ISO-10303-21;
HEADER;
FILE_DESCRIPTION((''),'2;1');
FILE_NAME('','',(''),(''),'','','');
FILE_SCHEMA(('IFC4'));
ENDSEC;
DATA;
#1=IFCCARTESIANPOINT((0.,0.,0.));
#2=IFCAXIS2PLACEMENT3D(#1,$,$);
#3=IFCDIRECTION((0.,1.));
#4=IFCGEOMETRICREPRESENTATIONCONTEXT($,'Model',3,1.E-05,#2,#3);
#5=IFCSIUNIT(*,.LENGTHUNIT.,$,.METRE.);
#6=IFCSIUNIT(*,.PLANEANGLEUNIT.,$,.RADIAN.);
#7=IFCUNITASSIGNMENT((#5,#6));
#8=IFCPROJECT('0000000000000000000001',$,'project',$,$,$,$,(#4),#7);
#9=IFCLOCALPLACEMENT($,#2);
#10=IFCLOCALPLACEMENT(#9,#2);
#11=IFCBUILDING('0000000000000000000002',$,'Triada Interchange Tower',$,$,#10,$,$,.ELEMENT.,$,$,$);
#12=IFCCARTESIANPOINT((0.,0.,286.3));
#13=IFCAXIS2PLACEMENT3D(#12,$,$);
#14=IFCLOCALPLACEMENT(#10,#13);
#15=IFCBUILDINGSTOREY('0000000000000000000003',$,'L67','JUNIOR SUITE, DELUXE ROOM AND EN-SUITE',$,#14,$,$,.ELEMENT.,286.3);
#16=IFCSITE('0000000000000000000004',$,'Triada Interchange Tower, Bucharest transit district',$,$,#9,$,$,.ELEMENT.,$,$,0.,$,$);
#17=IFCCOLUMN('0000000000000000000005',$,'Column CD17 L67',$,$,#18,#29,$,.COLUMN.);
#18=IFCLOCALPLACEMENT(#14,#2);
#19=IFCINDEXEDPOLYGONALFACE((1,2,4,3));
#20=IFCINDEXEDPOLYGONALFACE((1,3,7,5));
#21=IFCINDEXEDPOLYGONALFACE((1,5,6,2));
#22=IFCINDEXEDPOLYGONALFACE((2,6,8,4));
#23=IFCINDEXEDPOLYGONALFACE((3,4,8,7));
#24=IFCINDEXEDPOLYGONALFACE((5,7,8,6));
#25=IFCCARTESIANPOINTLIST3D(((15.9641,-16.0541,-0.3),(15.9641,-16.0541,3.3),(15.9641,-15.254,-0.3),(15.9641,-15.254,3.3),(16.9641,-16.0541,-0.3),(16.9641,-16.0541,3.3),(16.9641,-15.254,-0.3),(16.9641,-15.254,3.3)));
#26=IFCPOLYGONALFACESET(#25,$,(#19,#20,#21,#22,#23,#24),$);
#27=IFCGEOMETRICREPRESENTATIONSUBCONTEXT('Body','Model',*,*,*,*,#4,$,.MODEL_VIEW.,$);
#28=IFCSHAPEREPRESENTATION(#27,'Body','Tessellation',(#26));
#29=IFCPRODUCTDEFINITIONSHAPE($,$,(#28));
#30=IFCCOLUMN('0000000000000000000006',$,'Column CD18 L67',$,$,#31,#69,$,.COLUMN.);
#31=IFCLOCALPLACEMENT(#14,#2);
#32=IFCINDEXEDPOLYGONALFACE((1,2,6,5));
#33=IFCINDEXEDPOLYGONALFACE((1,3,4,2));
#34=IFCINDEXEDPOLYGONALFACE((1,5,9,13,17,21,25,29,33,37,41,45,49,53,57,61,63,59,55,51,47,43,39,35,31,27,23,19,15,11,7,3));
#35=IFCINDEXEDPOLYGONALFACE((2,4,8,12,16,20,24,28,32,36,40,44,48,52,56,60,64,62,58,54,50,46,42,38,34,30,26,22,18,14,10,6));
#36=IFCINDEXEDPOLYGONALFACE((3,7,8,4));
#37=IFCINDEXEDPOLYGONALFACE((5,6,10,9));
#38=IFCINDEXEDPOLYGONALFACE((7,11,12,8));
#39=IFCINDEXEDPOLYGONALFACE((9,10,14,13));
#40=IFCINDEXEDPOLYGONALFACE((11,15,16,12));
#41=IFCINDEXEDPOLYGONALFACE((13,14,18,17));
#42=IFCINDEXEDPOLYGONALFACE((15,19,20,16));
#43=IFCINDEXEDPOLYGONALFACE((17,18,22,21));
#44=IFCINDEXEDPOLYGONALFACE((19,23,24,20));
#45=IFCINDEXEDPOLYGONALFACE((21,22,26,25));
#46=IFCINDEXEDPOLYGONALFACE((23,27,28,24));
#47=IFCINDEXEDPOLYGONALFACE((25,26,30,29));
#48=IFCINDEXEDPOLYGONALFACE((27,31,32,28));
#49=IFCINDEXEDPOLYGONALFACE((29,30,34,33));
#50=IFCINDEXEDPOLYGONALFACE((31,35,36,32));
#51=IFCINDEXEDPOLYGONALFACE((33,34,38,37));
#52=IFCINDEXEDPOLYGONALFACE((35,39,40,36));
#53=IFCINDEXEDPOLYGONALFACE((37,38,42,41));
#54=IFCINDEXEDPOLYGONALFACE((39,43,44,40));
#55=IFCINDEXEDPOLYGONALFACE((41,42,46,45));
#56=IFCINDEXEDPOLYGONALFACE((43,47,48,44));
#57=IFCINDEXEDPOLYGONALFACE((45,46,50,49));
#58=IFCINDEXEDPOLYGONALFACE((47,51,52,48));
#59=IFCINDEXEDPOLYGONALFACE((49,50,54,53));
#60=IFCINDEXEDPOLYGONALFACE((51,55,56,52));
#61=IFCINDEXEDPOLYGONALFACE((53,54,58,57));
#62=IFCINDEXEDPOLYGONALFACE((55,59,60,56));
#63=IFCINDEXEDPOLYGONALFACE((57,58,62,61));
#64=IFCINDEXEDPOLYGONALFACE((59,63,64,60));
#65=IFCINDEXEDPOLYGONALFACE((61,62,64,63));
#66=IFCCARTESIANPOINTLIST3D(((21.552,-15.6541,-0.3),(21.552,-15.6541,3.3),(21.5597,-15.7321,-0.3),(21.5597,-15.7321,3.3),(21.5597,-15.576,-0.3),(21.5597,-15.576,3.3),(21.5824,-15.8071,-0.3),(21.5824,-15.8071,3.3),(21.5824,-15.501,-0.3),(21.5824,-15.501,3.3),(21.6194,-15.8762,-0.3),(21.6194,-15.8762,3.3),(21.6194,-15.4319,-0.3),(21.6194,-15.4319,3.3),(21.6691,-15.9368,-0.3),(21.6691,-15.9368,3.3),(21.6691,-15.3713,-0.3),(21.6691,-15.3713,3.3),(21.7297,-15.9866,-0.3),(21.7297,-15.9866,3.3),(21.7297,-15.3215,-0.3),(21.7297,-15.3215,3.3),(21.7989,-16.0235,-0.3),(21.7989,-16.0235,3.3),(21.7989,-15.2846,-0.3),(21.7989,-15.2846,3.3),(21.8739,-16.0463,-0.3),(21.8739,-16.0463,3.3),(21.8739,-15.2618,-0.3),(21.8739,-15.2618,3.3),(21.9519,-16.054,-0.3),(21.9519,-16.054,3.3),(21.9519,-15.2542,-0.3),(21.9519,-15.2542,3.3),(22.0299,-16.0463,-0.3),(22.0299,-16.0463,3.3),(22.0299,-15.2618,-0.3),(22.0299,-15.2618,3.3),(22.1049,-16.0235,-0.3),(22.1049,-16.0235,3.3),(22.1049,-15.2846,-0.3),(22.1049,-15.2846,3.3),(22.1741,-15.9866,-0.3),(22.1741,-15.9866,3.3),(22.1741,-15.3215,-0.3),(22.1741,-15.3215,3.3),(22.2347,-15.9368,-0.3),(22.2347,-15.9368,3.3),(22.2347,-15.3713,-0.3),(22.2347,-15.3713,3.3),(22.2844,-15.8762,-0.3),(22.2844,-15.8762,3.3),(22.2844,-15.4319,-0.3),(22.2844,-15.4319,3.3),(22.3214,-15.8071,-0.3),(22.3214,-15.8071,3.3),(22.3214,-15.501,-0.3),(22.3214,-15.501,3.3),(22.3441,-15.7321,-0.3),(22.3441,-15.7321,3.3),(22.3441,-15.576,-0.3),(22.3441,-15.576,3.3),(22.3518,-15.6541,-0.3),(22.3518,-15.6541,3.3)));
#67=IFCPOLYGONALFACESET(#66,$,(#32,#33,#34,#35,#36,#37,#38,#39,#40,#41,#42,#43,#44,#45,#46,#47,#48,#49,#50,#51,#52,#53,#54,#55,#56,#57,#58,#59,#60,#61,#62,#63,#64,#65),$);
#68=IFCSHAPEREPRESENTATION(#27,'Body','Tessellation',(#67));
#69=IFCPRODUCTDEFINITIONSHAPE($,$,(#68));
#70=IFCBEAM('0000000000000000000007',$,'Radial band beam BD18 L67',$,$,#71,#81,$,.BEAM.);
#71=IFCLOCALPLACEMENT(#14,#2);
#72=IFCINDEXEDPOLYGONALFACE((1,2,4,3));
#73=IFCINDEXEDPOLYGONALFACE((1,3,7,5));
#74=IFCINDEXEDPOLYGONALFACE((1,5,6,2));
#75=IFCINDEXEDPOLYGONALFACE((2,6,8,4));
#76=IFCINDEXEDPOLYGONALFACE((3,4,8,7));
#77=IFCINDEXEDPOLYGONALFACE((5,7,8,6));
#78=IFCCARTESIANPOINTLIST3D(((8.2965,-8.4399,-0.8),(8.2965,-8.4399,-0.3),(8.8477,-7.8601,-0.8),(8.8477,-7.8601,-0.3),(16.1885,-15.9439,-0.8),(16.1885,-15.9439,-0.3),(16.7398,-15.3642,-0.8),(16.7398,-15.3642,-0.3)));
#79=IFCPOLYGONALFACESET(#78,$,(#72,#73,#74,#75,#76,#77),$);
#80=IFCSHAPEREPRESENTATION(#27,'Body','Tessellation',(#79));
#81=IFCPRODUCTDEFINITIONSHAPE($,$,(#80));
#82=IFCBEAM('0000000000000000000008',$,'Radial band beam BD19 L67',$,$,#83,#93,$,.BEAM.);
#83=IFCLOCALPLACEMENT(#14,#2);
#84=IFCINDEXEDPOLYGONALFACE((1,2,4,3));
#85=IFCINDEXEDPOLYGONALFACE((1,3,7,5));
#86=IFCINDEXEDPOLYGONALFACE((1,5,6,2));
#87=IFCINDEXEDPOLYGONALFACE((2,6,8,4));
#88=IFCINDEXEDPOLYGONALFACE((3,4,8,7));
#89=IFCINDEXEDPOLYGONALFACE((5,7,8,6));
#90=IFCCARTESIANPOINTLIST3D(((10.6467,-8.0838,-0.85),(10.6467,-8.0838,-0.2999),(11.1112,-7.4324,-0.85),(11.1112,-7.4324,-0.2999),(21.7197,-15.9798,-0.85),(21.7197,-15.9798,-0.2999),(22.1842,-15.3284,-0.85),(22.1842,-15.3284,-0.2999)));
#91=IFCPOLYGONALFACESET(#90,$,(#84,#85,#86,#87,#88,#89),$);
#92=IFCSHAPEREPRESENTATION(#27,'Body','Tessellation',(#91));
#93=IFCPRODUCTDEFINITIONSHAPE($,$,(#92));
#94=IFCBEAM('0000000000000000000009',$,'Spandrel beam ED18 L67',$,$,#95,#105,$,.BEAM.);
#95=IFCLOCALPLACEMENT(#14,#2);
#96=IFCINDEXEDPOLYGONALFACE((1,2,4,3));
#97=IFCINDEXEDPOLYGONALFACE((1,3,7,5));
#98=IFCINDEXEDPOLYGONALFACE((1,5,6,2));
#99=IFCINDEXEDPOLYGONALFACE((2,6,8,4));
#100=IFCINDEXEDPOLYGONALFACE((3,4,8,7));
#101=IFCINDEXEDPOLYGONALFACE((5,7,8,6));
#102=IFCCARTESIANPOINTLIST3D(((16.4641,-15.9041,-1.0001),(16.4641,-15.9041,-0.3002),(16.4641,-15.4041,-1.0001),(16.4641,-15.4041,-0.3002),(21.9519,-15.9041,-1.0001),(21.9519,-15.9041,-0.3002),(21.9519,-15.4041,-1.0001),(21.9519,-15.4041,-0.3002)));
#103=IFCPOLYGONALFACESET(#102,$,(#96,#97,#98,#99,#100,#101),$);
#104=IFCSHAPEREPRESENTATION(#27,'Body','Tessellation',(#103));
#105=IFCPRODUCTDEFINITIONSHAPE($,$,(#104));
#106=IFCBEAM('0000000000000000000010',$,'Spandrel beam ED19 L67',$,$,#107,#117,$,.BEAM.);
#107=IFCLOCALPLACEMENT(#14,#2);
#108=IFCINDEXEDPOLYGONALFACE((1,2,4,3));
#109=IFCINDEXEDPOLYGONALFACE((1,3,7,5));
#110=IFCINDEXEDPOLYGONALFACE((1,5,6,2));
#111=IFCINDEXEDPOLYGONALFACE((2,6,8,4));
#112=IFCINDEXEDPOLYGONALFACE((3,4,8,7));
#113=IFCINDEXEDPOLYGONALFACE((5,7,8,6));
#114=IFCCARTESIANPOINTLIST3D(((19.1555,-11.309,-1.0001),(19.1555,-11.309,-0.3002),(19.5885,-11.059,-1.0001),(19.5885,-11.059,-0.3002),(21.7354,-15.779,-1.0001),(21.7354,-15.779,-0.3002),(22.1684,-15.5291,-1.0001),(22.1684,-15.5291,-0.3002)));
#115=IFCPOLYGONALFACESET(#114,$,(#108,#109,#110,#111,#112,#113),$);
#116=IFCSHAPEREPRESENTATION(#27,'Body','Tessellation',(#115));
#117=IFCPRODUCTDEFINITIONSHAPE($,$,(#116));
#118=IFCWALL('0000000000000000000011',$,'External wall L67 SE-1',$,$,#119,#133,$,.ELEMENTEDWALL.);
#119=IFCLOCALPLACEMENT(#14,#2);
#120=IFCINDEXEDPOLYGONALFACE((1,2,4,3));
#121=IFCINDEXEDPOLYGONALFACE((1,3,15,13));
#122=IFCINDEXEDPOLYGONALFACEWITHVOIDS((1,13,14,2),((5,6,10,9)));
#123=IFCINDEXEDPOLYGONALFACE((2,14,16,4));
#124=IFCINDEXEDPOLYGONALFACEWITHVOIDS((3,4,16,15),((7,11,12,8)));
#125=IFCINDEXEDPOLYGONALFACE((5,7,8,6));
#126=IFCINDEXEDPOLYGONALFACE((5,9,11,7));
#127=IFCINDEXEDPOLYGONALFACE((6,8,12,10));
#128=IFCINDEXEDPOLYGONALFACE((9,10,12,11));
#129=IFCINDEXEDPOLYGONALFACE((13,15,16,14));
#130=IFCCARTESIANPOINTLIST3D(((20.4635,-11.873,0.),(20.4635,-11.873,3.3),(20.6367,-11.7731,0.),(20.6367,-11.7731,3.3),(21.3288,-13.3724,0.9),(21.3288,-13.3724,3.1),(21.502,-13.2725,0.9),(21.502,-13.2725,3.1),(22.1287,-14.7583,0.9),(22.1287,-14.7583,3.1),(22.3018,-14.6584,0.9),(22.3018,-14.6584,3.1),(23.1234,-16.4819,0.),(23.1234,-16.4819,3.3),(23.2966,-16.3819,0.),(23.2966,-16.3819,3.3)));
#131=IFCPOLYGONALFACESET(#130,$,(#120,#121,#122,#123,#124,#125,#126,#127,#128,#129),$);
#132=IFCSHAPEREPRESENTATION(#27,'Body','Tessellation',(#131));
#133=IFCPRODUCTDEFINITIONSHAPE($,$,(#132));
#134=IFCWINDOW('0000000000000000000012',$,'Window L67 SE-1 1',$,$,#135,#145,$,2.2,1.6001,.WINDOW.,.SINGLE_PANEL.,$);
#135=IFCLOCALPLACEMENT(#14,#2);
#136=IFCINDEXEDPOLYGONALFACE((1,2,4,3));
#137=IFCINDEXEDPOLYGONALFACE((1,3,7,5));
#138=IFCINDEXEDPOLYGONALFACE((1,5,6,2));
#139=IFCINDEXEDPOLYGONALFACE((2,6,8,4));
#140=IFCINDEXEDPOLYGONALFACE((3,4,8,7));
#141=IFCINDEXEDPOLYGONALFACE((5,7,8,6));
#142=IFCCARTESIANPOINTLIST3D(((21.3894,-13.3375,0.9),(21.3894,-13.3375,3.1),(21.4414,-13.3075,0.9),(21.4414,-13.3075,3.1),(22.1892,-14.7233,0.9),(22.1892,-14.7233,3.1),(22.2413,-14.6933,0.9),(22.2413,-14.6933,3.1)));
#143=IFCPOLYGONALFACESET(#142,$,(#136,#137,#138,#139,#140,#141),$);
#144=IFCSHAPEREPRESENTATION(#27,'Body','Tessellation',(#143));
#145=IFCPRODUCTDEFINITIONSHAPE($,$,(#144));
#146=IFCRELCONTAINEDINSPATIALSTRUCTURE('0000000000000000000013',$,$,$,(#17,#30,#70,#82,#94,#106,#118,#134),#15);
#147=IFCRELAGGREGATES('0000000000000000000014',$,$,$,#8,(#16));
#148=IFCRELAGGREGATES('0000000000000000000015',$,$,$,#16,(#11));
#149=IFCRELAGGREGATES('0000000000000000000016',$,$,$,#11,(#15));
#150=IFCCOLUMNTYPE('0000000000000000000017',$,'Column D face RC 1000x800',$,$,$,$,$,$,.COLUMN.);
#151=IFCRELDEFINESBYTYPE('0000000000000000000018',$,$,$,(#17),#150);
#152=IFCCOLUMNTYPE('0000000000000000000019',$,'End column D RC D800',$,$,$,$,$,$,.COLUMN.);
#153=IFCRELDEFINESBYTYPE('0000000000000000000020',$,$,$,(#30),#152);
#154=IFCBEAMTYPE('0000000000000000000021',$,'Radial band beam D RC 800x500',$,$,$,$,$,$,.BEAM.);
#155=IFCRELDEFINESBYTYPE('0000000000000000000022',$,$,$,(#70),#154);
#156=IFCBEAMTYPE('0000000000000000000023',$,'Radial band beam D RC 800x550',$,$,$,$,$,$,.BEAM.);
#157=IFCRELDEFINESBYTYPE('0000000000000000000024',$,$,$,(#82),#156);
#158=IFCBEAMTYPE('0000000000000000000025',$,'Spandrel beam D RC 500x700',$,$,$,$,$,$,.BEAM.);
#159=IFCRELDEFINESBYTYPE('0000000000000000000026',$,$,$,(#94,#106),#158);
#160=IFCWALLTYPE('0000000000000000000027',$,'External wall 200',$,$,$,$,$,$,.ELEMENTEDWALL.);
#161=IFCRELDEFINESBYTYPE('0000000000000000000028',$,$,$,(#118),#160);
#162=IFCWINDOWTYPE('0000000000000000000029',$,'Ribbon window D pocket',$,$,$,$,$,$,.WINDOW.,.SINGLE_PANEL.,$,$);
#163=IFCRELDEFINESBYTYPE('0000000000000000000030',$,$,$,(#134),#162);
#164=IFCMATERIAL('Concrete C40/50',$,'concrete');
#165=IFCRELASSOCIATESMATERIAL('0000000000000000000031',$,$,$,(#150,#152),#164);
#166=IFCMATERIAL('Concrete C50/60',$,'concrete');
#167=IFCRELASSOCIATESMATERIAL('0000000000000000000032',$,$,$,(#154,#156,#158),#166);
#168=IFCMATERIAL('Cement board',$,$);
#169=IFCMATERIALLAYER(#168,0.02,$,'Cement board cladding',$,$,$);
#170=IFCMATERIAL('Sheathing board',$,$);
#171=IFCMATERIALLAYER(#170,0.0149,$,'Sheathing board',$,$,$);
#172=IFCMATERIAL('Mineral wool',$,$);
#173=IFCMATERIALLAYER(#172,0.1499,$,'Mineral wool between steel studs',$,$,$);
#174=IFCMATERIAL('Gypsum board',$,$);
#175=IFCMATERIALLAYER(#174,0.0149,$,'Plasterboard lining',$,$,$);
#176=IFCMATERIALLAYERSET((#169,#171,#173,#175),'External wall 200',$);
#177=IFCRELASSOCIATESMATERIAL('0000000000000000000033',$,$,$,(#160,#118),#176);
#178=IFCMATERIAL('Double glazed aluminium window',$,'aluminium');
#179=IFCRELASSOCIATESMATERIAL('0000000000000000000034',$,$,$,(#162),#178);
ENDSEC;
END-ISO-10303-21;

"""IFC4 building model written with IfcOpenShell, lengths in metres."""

from ifc_helpers import new_model, si_unit, direction, frame, frame_2d, origin, origin_2d, place, context, subcontext, project, spatial, rectangle, circle, extrude, material, layer, layer_set, layer_usage, material_profile, profile_set, type_object, element, fill, save


model = new_model("IFC4")

# Units and contexts
model_context = context("Model", 3, precision=1e-05, world=origin(), true_north=direction((0.0, 1.0)))
body_context = subcontext(model_context, "Body", "Model", "MODEL_VIEW")
ifc_project = project(units=[si_unit("LENGTHUNIT", "METRE"), si_unit("PLANEANGLEUNIT", "RADIAN")], contexts=[model_context])

# Site, building, storey
site_placement = place(None, origin())
site = spatial("IfcSite", under=ifc_project, at=site_placement, Name="Triada Interchange Tower, Bucharest transit district", CompositionType="ELEMENT", RefElevation=0.0)
building_placement = place(site_placement, origin())
building = spatial("IfcBuilding", under=site, at=building_placement, Name="Triada Interchange Tower", CompositionType="ELEMENT")
storey_placement = place(building_placement, frame((0.0, 0.0, 286.3)))
storey = spatial("IfcBuildingStorey", under=building, at=storey_placement, Name="L67", Description="JUNIOR SUITE, DELUXE ROOM AND EN-SUITE", CompositionType="ELEMENT", Elevation=286.3)

# Columns
ifc_material_1 = material(Name="Concrete C40/50", Category="concrete")
ifc_material_profile_1 = material_profile(ifc_material_1, rectangle(XDim=1.0, YDim=0.8, at=origin_2d()), Name="RC 1000x800")
ifc_profile_set_1 = profile_set([ifc_material_profile_1], Name="Concrete C40/50")
column_type_1 = type_object("IfcColumnType", Name="Column D face RC 1000x800", PredefinedType="COLUMN", material=ifc_profile_set_1)
column_1_placement = place(storey_placement, frame((16.4641, -15.6541, -0.3), z_axis=(0.0, 0.0, 1.0), x_axis=(1.0, 0.0, 0.0)))
element("IfcColumn", 1, at=column_1_placement, inside=storey, type_object=column_type_1, Name="Column CD17 L67", PredefinedType="COLUMN", context=body_context, shape_type="SweptSolid", body=[
    extrude(rectangle(XDim=1.0, YDim=0.8, at=origin_2d()), origin(), (0.0, 0.0, 1.0), 3.6001),
])
ifc_material_profile_2 = material_profile(ifc_material_1, circle(Radius=0.3999, at=origin_2d()), Name="RC D800")
ifc_profile_set_2 = profile_set([ifc_material_profile_2], Name="Concrete C40/50")
column_type_2 = type_object("IfcColumnType", Name="End column D RC D800", PredefinedType="COLUMN", material=ifc_profile_set_2)
column_2_placement = place(storey_placement, frame((21.9519, -15.6541, -0.3), z_axis=(0.0, 0.0, 1.0), x_axis=(1.0, 0.0, 0.0)))
element("IfcColumn", 2, at=column_2_placement, inside=storey, type_object=column_type_2, Name="Column CD18 L67", PredefinedType="COLUMN", context=body_context, shape_type="SweptSolid", body=[
    extrude(circle(Radius=0.3999, at=origin_2d()), origin(), (0.0, 0.0, 1.0), 3.6001),
])

# Beams
ifc_material_2 = material(Name="Concrete C50/60", Category="concrete")
ifc_material_profile_3 = material_profile(ifc_material_2, rectangle(XDim=0.8, YDim=0.5, at=origin_2d()), Name="RC 800x500")
ifc_profile_set_3 = profile_set([ifc_material_profile_3], Name="Concrete C50/60")
beam_type_1 = type_object("IfcBeamType", Name="Radial band beam D RC 800x500", PredefinedType="BEAM", material=ifc_profile_set_3)
beam_1_placement = place(storey_placement, frame((16.4641, -15.6541, -0.55), z_axis=(-0.724694, 0.689071, 0.0), x_axis=(-0.689071, -0.724694, 0.0)))
element("IfcBeam", 3, at=beam_1_placement, inside=storey, type_object=beam_type_1, Name="Radial band beam BD18 L67", PredefinedType="BEAM", context=body_context, shape_type="SweptSolid", body=[
    extrude(rectangle(XDim=0.8, YDim=0.5, at=origin_2d()), origin(), (0.0, 0.0, 1.0), 10.8901),
])
ifc_material_profile_4 = material_profile(ifc_material_2, rectangle(XDim=0.8, YDim=0.55, at=origin_2d()), Name="RC 800x550")
ifc_profile_set_4 = profile_set([ifc_material_profile_4], Name="Concrete C50/60")
beam_type_2 = type_object("IfcBeamType", Name="Radial band beam D RC 800x550", PredefinedType="BEAM", material=ifc_profile_set_4)
beam_2_placement = place(storey_placement, frame((21.9519, -15.6541, -0.575), z_axis=(-0.814195, 0.580591, 0.0), x_axis=(-0.580591, -0.814195, 0.0)))
element("IfcBeam", 4, at=beam_2_placement, inside=storey, type_object=beam_type_2, Name="Radial band beam BD19 L67", PredefinedType="BEAM", context=body_context, shape_type="SweptSolid", body=[
    extrude(rectangle(XDim=0.8, YDim=0.55, at=origin_2d()), origin(), (0.0, 0.0, 1.0), 13.5999),
])
ifc_material_profile_5 = material_profile(ifc_material_2, rectangle(XDim=0.5, YDim=0.7, at=origin_2d()), Name="RC 500x700")
ifc_profile_set_5 = profile_set([ifc_material_profile_5], Name="Concrete C50/60")
beam_type_3 = type_object("IfcBeamType", Name="Spandrel beam D RC 500x700", PredefinedType="BEAM", material=ifc_profile_set_5)
beam_3_placement = place(storey_placement, frame((16.4641, -15.6541, -0.6501), z_axis=(1.0, 0.0, 0.0), x_axis=(0.0, 1.0, 0.0)))
element("IfcBeam", 5, at=beam_3_placement, inside=storey, type_object=beam_type_3, Name="Spandrel beam ED18 L67", PredefinedType="BEAM", context=body_context, shape_type="SweptSolid", body=[
    extrude(rectangle(XDim=0.5, YDim=0.7, at=origin_2d()), origin(), (0.0, 0.0, 1.0), 5.4878),
])
beam_4_placement = place(storey_placement, frame((21.9519, -15.6541, -0.6501), z_axis=(-0.499869, 0.866101, 0.0), x_axis=(-0.866101, -0.499869, 0.0)))
element("IfcBeam", 6, at=beam_4_placement, inside=storey, type_object=beam_type_3, Name="Spandrel beam ED19 L67", PredefinedType="BEAM", context=body_context, shape_type="SweptSolid", body=[
    extrude(rectangle(XDim=0.5, YDim=0.7, at=origin_2d()), origin(), (0.0, 0.0, 1.0), 5.1611),
])

# Wall, opening, window
ifc_material_3 = material(Name="Cement board")
ifc_layer_1 = layer(ifc_material_3, 0.02, Name="Cement board cladding")
ifc_material_4 = material(Name="Sheathing board")
ifc_layer_2 = layer(ifc_material_4, 0.0149, Name="Sheathing board")
ifc_material_5 = material(Name="Mineral wool")
ifc_layer_3 = layer(ifc_material_5, 0.1499, Name="Mineral wool between steel studs")
ifc_material_6 = material(Name="Gypsum board")
ifc_layer_4 = layer(ifc_material_6, 0.0149, Name="Plasterboard lining")
ifc_layer_set_1 = layer_set([ifc_layer_1, ifc_layer_2, ifc_layer_3, ifc_layer_4], Name="External wall 200")
ifc_layer_usage = layer_usage(ifc_layer_set_1, "AXIS2", "POSITIVE", -0.1001)
wall_type_1 = type_object("IfcWallType", Name="External wall 200", PredefinedType="ELEMENTEDWALL", material=ifc_layer_set_1)
wall_1_placement = place(storey_placement, frame((23.21, -16.4319, 0.0), z_axis=(0.0, 0.0, 1.0), x_axis=(-0.499855, 0.866109, 0.0)))
wall_1 = element("IfcWall", 7, at=wall_1_placement, inside=storey, type_object=wall_type_1, material=ifc_layer_usage, Name="External wall L67 SE-1", PredefinedType="ELEMENTEDWALL", context=body_context, shape_type="SweptSolid", body=[
    extrude(rectangle(XDim=5.3213, YDim=0.2, at=frame_2d((2.6606, 0.0))), origin(), (0.0, 0.0, 1.0), 3.3),
])
opening_1_placement = place(wall_1_placement, frame((1.99, 0.0, 0.8999)))
opening_1 = element("IfcOpeningElement", 8, at=opening_1_placement, cuts=wall_1, PredefinedType="OPENING", context=body_context, shape_type="SweptSolid", body=[
    extrude(rectangle(XDim=1.6001, YDim=2.2, at=frame_2d((0.8, 1.1001))), frame((0.0, 0.1099, 0.0), z_axis=(0.0, -1.0, 0.0), x_axis=(1.0, 0.0, 0.0)), (0.0, 0.0, 1.0), 0.22),
])
ifc_material_7 = material(Name="Double glazed aluminium window", Category="aluminium")
window_type_1 = type_object("IfcWindowType", Name="Ribbon window D pocket", PartitioningType="SINGLE_PANEL", PredefinedType="WINDOW", material=ifc_material_7)
window_1_placement = place(opening_1_placement, origin())
window_1 = element("IfcWindow", 9, at=window_1_placement, inside=storey, type_object=window_type_1, Name="Window L67 SE-1 1", OverallHeight=2.2, OverallWidth=1.6001, PartitioningType="SINGLE_PANEL", PredefinedType="WINDOW", context=body_context, shape_type="SweptSolid", body=[
    extrude(rectangle(XDim=1.6001, YDim=2.2, at=frame_2d((0.8, 1.1001))), frame((0.0, 0.03, 0.0), z_axis=(0.0, -1.0, 0.0), x_axis=(1.0, 0.0, 0.0)), (0.0, 0.0, 1.0), 0.0601),
])
fill(opening_1, window_1)

save(model, "model.ifc")
